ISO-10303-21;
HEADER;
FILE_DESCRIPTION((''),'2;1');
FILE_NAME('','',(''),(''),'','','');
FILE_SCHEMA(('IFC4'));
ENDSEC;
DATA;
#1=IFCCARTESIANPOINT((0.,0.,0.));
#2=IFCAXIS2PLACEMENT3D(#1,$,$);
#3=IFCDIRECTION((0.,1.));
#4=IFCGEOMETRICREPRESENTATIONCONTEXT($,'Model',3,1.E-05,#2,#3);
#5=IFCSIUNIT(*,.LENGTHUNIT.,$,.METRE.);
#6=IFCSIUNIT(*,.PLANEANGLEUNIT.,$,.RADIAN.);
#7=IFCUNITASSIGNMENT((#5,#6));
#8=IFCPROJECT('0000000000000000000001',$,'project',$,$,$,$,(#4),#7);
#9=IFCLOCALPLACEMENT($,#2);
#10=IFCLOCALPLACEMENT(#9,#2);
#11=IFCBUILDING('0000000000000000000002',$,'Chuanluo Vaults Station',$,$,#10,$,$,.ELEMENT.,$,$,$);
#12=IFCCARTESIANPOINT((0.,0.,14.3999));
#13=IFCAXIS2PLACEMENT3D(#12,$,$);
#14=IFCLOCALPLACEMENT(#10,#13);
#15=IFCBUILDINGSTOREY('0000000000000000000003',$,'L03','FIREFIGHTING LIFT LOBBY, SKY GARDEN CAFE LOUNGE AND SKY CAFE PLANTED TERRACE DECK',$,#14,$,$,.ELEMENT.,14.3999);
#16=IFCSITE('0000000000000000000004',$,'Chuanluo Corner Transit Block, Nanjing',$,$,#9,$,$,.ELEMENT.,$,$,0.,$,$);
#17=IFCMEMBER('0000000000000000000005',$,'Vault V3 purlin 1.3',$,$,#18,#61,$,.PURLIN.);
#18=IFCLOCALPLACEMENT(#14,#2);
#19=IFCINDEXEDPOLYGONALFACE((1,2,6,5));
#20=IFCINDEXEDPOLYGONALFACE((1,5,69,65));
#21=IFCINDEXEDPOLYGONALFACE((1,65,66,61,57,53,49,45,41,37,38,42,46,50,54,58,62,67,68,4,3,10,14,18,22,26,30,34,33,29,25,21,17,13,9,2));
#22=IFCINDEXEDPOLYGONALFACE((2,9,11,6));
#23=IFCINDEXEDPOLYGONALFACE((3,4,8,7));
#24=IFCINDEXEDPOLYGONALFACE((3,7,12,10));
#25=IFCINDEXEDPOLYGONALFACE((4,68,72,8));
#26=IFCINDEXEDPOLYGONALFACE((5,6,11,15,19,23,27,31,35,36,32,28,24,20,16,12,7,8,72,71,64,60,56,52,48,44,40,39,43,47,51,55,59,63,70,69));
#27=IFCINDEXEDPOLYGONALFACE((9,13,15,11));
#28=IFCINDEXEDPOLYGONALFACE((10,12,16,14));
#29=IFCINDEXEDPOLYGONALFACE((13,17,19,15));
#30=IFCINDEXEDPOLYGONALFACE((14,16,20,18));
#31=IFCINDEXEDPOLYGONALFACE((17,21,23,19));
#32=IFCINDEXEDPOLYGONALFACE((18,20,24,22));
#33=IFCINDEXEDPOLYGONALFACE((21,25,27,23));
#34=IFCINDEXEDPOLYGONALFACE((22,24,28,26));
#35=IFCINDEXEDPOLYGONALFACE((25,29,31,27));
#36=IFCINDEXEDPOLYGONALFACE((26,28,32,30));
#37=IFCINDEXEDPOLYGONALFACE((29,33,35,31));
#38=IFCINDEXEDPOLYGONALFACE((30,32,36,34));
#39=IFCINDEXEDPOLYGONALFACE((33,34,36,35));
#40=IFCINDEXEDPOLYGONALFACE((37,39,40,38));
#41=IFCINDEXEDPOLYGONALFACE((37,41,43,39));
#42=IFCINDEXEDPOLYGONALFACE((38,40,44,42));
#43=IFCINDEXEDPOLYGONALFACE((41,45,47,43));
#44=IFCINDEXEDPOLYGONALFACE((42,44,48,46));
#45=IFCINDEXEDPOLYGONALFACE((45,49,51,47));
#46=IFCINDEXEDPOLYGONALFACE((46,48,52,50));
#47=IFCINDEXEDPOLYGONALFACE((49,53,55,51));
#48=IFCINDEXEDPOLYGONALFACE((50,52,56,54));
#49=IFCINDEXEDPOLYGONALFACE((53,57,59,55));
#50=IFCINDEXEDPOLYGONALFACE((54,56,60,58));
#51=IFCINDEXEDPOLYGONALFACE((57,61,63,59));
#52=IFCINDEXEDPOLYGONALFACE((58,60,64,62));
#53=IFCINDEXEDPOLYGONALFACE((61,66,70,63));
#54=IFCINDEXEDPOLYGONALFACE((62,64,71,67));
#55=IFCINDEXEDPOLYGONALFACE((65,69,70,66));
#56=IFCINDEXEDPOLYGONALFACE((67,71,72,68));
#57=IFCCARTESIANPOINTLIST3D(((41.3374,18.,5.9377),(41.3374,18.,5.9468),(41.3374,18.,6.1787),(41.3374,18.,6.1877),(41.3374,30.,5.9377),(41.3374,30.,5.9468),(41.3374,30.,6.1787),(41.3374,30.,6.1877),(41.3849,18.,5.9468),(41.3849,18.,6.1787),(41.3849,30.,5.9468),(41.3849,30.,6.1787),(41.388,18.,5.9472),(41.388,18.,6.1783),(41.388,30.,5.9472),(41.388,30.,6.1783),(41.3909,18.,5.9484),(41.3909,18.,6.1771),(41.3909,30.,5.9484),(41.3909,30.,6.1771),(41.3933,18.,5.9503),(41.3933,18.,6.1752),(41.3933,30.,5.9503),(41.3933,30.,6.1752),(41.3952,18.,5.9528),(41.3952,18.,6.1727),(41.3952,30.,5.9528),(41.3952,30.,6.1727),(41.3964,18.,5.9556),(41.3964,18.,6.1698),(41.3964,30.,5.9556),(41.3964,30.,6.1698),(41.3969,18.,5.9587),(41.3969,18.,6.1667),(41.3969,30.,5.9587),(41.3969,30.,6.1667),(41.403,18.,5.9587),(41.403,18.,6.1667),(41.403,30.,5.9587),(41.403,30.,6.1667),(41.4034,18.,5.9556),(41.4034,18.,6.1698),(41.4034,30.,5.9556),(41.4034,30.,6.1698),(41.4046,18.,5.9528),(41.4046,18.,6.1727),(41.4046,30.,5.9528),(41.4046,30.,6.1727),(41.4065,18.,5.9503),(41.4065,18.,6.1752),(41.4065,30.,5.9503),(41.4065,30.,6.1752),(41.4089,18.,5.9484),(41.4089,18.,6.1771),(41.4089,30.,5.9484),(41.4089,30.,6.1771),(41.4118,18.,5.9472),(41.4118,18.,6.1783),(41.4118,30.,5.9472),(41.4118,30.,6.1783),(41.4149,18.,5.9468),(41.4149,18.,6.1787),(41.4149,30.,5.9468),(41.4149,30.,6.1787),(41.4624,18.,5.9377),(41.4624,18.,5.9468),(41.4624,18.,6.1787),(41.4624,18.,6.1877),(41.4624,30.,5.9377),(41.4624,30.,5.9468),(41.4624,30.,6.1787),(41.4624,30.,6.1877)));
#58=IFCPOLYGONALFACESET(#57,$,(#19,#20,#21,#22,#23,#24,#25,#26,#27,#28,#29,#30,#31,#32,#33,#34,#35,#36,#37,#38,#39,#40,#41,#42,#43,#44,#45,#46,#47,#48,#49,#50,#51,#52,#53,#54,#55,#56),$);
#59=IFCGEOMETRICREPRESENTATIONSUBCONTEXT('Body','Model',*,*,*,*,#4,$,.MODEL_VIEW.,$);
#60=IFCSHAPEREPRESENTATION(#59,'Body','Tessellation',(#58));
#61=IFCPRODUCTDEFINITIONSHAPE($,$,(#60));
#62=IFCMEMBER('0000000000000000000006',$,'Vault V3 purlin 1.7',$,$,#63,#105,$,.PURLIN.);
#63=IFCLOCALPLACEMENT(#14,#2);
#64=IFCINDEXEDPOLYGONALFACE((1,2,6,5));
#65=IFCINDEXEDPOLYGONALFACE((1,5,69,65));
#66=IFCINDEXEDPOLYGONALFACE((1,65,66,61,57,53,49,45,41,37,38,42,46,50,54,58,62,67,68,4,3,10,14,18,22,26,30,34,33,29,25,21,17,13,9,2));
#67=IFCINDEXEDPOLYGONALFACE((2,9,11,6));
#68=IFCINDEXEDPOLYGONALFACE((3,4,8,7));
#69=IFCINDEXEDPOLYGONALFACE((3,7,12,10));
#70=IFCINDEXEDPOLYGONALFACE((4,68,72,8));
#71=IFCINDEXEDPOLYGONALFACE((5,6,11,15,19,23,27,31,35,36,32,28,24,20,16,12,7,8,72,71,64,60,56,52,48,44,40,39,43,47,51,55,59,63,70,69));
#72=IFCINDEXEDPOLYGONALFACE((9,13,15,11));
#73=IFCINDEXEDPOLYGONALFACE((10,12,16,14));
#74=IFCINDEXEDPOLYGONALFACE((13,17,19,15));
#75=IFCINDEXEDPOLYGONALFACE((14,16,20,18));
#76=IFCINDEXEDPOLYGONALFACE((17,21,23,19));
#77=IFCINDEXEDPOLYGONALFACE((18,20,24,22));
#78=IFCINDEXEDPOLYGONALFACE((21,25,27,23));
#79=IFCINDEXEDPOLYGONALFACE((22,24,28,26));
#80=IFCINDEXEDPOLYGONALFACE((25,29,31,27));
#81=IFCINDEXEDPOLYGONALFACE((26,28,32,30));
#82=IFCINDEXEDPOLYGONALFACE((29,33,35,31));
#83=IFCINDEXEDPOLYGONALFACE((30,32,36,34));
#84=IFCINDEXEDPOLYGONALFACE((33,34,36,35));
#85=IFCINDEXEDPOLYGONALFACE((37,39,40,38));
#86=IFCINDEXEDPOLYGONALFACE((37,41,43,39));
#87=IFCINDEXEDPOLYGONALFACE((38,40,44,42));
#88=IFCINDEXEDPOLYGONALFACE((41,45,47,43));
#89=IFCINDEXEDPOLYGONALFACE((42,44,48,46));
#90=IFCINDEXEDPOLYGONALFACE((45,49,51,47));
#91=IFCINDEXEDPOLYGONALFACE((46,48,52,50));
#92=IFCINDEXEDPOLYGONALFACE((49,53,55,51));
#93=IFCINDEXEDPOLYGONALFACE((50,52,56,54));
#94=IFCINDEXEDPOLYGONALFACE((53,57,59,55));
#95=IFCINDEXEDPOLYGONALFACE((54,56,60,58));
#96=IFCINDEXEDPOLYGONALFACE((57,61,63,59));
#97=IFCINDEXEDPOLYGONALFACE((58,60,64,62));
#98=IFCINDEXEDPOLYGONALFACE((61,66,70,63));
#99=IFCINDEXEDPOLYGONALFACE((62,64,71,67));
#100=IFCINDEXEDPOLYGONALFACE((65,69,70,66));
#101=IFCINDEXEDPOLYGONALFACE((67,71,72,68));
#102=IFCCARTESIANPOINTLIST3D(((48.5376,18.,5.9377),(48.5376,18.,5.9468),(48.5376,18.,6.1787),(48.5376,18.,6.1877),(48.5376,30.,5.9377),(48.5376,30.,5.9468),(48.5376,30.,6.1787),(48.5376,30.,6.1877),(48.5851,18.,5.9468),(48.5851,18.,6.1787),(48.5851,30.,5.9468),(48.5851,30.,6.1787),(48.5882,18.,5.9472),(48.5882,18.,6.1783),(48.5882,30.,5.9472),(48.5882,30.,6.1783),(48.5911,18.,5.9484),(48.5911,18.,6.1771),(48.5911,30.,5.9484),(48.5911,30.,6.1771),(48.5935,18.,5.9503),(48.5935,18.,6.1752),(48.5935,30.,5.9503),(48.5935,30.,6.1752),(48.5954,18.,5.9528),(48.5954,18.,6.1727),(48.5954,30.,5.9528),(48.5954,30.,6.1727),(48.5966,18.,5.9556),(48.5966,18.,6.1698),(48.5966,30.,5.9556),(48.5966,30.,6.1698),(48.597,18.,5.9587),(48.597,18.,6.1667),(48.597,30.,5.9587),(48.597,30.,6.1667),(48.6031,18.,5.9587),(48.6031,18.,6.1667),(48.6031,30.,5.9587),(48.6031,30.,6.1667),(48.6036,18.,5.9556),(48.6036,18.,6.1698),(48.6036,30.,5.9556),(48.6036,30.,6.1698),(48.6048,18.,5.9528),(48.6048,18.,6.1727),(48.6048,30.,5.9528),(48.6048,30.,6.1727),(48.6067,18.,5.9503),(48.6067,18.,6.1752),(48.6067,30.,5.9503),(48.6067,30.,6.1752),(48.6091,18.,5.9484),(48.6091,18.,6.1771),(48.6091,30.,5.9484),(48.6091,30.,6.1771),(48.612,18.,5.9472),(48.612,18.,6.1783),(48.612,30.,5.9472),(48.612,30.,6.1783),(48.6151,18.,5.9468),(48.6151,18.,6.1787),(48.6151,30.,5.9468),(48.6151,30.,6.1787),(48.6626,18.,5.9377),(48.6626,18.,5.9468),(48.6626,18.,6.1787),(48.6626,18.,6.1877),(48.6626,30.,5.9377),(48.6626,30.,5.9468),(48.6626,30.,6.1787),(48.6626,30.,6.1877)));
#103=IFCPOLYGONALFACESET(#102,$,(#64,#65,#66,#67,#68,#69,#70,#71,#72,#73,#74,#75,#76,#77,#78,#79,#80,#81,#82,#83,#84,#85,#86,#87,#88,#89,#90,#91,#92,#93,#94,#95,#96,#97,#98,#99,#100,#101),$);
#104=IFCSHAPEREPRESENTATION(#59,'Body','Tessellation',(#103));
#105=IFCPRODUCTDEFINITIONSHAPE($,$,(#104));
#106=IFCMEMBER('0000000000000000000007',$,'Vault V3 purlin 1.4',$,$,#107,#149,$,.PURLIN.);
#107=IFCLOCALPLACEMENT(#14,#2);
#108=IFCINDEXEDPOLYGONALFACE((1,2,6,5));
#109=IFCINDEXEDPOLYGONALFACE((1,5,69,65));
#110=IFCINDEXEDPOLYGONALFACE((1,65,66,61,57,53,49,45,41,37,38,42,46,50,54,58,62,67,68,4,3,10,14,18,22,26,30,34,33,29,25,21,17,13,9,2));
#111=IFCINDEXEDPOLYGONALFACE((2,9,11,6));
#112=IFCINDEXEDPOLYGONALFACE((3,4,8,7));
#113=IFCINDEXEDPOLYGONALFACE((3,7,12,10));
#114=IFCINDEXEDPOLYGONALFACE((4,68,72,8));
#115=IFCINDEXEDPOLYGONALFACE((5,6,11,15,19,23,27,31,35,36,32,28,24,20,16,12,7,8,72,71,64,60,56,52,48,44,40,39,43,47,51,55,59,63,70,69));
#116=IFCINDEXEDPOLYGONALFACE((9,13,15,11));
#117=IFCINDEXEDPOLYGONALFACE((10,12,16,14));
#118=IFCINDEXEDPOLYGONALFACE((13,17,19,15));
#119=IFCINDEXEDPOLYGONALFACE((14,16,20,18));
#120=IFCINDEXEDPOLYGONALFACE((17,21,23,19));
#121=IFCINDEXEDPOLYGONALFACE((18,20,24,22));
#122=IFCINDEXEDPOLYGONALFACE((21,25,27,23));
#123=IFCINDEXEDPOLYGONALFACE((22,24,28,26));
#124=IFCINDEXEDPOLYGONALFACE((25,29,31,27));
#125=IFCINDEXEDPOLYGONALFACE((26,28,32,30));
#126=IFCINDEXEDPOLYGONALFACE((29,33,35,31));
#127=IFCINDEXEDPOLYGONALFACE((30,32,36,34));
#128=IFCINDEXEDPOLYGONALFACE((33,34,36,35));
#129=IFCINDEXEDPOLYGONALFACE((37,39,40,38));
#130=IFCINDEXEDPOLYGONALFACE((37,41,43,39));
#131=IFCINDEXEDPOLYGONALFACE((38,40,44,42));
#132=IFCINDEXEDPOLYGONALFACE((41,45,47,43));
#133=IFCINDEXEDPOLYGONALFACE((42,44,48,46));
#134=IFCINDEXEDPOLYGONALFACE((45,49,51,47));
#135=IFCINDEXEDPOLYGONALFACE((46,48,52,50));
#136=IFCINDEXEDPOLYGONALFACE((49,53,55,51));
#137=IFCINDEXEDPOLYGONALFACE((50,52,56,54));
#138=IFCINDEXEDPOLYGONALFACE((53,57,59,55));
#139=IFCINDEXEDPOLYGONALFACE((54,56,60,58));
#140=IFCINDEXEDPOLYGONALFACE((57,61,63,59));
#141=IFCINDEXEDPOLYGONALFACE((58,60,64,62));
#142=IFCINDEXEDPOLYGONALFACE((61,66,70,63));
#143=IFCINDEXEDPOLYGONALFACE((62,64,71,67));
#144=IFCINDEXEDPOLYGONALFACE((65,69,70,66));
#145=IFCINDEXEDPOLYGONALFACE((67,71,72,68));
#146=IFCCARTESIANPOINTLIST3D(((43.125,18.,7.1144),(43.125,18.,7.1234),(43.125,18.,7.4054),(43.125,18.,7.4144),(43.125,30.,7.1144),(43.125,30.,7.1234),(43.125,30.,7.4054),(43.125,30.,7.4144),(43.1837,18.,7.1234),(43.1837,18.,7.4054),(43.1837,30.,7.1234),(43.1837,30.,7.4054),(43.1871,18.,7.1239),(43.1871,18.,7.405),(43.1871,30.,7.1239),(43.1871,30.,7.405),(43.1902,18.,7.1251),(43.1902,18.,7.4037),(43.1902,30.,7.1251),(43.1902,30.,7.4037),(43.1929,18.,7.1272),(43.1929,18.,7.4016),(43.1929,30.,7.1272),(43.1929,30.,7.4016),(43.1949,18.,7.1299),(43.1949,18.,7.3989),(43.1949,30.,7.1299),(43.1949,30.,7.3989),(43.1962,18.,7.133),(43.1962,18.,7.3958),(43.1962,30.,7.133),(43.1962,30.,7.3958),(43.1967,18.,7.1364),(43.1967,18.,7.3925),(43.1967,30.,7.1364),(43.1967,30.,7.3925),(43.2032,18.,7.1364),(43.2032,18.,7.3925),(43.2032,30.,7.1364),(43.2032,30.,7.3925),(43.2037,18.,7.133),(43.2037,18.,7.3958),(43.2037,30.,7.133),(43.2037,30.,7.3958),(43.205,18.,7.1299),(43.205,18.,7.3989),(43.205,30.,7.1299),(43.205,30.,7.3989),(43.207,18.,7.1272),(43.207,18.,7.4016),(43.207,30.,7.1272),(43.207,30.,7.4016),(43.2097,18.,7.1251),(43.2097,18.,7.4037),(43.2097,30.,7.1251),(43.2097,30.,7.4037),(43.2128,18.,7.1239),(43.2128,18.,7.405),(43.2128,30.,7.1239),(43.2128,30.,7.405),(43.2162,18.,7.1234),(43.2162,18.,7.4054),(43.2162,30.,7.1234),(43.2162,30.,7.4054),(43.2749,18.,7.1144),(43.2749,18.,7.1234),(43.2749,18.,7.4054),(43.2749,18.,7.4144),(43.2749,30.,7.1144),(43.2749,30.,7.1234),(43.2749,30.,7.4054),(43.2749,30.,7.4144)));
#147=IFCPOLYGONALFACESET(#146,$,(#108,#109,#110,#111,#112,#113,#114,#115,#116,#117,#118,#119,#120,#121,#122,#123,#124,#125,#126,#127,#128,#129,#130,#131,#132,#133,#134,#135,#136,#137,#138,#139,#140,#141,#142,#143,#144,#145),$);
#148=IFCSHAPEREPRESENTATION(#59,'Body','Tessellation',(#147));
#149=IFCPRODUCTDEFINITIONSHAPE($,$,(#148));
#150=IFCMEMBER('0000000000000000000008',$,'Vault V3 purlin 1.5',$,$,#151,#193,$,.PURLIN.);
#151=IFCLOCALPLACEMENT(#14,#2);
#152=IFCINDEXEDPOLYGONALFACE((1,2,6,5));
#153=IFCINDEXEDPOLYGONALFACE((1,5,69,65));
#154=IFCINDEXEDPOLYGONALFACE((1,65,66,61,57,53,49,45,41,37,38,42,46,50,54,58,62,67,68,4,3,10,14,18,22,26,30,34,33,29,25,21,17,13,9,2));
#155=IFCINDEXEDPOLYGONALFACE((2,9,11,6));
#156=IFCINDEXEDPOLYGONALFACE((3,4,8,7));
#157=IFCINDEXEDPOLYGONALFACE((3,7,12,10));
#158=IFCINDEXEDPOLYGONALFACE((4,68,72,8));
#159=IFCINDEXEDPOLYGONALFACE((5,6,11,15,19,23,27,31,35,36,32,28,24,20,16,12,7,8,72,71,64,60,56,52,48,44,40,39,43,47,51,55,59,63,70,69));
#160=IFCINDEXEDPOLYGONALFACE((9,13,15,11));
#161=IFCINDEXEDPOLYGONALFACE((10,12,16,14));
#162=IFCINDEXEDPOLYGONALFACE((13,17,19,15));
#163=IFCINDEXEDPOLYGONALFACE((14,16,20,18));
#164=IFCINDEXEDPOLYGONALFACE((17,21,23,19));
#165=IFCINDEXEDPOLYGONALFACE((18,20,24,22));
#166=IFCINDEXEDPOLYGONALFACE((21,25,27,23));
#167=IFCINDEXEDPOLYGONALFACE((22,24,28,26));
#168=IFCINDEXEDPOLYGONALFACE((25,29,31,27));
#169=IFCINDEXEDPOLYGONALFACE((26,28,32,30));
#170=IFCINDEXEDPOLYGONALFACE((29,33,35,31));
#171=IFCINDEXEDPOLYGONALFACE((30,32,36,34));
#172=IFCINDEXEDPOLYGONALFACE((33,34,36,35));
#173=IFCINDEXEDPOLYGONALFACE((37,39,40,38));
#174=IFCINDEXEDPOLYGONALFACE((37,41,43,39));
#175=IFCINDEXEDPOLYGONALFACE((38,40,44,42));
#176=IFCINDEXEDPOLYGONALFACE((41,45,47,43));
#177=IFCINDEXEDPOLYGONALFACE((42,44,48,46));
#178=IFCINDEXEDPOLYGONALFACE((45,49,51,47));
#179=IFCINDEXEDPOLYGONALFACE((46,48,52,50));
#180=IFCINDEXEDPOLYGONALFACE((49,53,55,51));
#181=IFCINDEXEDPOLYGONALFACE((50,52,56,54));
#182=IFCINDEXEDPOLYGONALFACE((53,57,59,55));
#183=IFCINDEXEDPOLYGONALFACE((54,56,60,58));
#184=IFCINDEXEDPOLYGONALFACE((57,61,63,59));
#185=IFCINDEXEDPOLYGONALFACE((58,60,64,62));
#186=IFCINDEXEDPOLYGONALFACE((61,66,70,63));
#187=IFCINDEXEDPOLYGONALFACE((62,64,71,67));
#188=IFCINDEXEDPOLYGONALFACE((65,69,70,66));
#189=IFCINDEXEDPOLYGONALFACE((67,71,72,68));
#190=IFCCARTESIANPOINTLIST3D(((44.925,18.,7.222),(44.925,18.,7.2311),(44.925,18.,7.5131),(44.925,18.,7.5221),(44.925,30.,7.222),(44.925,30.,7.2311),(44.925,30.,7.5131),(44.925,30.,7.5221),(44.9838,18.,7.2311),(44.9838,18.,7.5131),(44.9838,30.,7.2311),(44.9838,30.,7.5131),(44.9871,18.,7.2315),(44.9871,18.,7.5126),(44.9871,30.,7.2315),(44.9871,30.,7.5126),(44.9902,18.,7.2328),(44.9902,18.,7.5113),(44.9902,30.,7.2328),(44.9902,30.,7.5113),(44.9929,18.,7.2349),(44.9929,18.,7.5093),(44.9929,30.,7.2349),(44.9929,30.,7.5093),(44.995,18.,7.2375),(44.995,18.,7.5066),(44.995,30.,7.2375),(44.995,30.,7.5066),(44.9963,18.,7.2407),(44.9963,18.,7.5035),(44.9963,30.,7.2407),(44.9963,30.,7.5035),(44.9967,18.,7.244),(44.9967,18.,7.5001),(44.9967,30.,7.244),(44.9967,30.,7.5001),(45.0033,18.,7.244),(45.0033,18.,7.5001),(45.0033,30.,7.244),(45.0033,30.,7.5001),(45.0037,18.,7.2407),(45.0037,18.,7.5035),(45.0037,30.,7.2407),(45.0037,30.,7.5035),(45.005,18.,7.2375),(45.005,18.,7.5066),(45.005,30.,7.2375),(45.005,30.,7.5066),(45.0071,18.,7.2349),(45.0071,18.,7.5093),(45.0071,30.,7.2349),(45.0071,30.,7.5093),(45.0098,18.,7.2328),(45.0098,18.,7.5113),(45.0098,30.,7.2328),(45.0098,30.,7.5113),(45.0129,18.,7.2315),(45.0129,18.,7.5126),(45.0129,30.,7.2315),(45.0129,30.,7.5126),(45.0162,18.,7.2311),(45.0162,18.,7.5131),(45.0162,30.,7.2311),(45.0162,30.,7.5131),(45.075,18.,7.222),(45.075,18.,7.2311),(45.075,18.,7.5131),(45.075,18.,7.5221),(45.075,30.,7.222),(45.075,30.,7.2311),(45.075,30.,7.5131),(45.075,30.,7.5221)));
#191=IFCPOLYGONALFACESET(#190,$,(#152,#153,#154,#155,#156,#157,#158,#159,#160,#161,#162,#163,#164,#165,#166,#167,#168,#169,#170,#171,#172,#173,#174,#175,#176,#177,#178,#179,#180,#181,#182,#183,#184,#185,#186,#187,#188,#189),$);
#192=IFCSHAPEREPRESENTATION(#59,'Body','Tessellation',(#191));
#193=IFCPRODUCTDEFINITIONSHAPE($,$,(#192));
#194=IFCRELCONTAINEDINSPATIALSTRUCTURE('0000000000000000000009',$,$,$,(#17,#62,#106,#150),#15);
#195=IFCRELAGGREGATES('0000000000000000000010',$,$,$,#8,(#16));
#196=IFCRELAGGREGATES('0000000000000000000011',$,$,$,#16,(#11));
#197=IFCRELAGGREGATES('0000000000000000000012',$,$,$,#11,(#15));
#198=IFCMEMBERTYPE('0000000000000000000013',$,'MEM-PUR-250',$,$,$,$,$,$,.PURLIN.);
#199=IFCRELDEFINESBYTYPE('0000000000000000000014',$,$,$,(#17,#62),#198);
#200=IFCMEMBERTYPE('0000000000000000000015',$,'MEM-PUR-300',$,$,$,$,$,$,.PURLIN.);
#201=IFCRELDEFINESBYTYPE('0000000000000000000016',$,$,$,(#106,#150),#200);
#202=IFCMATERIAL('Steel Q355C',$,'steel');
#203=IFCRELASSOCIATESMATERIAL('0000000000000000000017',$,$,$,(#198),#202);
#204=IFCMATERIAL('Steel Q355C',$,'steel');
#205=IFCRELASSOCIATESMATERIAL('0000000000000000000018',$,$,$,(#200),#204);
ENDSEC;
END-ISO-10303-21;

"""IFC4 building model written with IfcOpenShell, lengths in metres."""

from ifc_helpers import new_model, si_unit, direction, frame, origin, origin_2d, place, context, subcontext, project, spatial, i_section, extrude, material, material_profile, profile_set, type_object, element, save


model = new_model("IFC4")

# Units and contexts
model_context = context("Model", 3, precision=1e-05, world=origin(), true_north=direction((0.0, 1.0)))
body_context = subcontext(model_context, "Body", "Model", "MODEL_VIEW")
ifc_project = project(units=[si_unit("LENGTHUNIT", "METRE"), si_unit("PLANEANGLEUNIT", "RADIAN")], contexts=[model_context])

# Site, building, storey
site_placement = place(None, origin())
site = spatial("IfcSite", under=ifc_project, at=site_placement, Name="Chuanluo Corner Transit Block, Nanjing", CompositionType="ELEMENT", RefElevation=0.0)
building_placement = place(site_placement, origin())
building = spatial("IfcBuilding", under=site, at=building_placement, Name="Chuanluo Vaults Station", CompositionType="ELEMENT")
storey_placement = place(building_placement, frame((0.0, 0.0, 14.3999)))
storey = spatial("IfcBuildingStorey", under=building, at=storey_placement, Name="L03", Description="FIREFIGHTING LIFT LOBBY, SKY GARDEN CAFE LOUNGE AND SKY CAFE PLANTED TERRACE DECK", CompositionType="ELEMENT", Elevation=14.3999)

# Members
ifc_material_1 = material(Name="Steel Q355C", Category="steel")
ifc_material_profile_1 = material_profile(ifc_material_1, i_section(OverallWidth=0.125, OverallDepth=0.25, WebThickness=0.0061, FlangeThickness=0.009, FilletRadius=0.012, at=origin_2d()))
ifc_profile_set_1 = profile_set([ifc_material_profile_1], Name="Steel Q355C")
member_type_1 = type_object("IfcMemberType", Name="MEM-PUR-250", PredefinedType="PURLIN", material=ifc_profile_set_1)
for number, where, z_axis, x_axis, name in (
    (1, (41.3999, 18.0, 6.0627), (0.0, 1.0, 0.0), (-1.0, 0.0, 0.0), "Vault V3 purlin 1.3"),
    (2, (48.6001, 18.0, 6.0627), (0.0, 1.0, 0.0), (-1.0, 0.0, 0.0), "Vault V3 purlin 1.7"),
):
    element("IfcMember", number, at=place(storey_placement, frame(where, z_axis=z_axis, x_axis=x_axis)), inside=storey, type_object=member_type_1, Name=name, PredefinedType="PURLIN", context=body_context, shape_type="SweptSolid", body=[
        extrude(i_section(OverallWidth=0.125, OverallDepth=0.25, WebThickness=0.0061, FlangeThickness=0.009, FilletRadius=0.012, at=origin_2d()), origin(), (0.0, 0.0, 1.0), 12.0),
    ])
ifc_material_2 = material(Name="Steel Q355C", Category="steel")
ifc_material_profile_2 = material_profile(ifc_material_2, i_section(OverallWidth=0.1499, OverallDepth=0.3, WebThickness=0.0066, FlangeThickness=0.009, FilletRadius=0.0129, at=origin_2d()))
ifc_profile_set_2 = profile_set([ifc_material_profile_2], Name="Steel Q355C")
member_type_2 = type_object("IfcMemberType", Name="MEM-PUR-300", PredefinedType="PURLIN", material=ifc_profile_set_2)
for number, where, z_axis, x_axis, name in (
    (3, (43.2, 18.0, 7.2644), (0.0, 1.0, 0.0), (-1.0, 0.0, 0.0), "Vault V3 purlin 1.4"),
    (4, (45.0, 18.0, 7.3721), (0.0, 1.0, 0.0), (-1.0, 0.0, 0.0), "Vault V3 purlin 1.5"),
):
    element("IfcMember", number, at=place(storey_placement, frame(where, z_axis=z_axis, x_axis=x_axis)), inside=storey, type_object=member_type_2, Name=name, PredefinedType="PURLIN", context=body_context, shape_type="SweptSolid", body=[
        extrude(i_section(OverallWidth=0.1499, OverallDepth=0.3, WebThickness=0.0066, FlangeThickness=0.009, FilletRadius=0.0129, at=origin_2d()), origin(), (0.0, 0.0, 1.0), 12.0),
    ])

save(model, "model.ifc")
